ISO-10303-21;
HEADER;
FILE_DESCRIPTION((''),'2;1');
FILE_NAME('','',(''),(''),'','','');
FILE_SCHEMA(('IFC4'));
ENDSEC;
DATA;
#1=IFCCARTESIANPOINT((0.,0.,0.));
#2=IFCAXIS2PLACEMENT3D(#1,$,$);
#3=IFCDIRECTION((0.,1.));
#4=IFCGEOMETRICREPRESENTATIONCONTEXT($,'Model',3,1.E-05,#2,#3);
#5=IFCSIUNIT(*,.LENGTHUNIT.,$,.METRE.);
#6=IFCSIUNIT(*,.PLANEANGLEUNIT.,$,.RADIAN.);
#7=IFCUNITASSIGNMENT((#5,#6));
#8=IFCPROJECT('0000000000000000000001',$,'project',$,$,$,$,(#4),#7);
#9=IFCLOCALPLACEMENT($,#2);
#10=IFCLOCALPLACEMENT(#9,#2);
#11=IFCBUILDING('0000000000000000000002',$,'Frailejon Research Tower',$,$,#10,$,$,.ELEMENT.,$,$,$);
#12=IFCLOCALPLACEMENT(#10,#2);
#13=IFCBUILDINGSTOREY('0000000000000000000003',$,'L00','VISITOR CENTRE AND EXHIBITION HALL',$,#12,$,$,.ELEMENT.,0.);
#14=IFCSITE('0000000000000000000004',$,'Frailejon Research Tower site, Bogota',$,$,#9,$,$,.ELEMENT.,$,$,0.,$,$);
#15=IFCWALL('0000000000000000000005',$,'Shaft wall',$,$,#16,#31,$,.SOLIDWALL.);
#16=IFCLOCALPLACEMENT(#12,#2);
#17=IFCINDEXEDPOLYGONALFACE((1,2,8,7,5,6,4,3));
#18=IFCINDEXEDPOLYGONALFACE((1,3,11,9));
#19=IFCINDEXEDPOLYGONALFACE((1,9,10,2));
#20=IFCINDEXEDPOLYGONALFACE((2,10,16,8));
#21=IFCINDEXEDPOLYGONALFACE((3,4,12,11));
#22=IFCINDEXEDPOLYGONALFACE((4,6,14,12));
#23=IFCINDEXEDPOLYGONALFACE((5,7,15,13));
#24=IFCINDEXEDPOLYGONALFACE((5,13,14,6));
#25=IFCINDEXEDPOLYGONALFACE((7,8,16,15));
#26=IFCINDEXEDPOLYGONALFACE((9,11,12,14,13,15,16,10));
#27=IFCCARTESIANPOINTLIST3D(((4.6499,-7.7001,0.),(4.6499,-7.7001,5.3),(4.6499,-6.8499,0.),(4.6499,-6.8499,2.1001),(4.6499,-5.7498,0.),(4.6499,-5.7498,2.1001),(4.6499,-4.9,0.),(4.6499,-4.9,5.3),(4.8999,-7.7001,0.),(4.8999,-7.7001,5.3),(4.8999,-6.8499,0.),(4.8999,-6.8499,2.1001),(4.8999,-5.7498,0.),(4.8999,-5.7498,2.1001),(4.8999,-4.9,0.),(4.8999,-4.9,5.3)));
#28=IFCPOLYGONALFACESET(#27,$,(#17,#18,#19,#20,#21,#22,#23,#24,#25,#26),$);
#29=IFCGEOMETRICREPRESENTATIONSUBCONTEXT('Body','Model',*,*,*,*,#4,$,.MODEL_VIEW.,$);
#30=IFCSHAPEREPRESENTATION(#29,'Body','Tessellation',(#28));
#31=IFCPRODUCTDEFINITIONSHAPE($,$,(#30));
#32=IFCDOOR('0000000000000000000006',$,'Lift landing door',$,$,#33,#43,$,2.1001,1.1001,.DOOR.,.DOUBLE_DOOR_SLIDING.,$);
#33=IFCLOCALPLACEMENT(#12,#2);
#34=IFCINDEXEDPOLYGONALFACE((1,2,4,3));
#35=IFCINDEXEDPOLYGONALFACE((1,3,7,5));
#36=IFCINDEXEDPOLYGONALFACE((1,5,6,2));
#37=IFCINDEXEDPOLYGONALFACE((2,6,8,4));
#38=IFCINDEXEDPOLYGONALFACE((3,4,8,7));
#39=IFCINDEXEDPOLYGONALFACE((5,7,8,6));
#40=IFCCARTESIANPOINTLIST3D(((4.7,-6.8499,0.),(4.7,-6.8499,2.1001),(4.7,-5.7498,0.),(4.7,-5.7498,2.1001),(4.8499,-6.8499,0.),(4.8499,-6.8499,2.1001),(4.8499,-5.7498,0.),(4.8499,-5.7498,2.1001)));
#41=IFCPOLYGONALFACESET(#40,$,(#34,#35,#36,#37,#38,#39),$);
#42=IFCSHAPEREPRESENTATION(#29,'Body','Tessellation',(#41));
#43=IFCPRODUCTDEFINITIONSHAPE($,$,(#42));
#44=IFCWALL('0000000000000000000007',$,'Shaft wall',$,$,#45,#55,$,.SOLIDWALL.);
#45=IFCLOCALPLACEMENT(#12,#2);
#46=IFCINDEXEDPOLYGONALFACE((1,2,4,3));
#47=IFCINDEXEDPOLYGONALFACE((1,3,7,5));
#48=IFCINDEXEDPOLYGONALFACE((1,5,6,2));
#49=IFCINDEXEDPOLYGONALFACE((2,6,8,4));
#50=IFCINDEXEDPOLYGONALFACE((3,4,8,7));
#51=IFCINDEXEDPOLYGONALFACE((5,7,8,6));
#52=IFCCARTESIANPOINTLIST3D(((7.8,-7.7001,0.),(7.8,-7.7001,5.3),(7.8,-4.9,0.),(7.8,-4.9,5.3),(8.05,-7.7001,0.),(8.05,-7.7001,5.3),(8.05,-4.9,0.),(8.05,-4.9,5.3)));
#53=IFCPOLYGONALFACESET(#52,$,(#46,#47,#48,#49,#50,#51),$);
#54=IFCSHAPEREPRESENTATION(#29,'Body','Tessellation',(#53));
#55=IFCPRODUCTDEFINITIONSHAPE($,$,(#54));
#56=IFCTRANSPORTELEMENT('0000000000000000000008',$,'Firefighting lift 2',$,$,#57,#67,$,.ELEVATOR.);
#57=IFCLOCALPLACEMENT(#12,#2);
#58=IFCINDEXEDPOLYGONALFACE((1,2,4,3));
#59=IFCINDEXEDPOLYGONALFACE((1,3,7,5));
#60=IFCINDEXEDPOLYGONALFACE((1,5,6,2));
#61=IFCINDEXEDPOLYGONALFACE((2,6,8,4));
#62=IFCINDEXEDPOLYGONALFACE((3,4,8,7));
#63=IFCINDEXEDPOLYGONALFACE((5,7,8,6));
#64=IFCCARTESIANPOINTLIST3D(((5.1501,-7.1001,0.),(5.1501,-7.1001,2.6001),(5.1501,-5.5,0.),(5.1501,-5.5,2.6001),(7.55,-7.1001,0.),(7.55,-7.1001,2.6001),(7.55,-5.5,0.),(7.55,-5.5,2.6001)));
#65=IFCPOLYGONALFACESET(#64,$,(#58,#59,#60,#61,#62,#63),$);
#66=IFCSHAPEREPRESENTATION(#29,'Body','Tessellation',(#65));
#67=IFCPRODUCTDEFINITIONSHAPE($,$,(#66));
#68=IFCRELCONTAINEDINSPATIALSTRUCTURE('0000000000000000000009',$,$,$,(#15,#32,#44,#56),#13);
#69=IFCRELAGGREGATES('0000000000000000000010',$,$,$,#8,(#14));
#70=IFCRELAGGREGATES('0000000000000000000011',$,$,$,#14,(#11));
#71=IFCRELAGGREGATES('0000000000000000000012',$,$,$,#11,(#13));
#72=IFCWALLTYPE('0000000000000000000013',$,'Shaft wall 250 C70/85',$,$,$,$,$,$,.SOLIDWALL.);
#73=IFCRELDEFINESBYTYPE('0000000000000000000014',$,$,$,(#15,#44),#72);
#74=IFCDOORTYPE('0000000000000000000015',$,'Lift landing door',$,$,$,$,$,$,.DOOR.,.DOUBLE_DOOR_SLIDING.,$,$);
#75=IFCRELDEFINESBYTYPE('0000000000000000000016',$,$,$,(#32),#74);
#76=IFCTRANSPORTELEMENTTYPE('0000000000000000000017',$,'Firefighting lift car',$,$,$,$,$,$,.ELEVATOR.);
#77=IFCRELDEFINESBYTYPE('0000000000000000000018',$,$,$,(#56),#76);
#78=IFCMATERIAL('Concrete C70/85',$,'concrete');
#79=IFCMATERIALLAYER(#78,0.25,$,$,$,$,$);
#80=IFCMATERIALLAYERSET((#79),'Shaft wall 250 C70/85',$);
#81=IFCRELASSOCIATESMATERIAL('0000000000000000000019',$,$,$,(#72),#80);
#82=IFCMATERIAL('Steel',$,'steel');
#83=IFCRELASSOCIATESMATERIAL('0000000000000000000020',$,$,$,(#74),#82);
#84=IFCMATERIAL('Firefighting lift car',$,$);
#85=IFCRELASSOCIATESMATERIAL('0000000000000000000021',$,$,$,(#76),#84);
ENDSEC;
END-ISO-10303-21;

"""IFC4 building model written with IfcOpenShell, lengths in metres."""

from ifc_helpers import new_model, si_unit, direction, frame, frame_2d, origin, origin_2d, place, context, subcontext, project, spatial, rectangle, extrude, material, layer, layer_set, type_object, element, fill, save


model = new_model("IFC4")

# Units and contexts
model_context = context("Model", 3, precision=1e-05, world=origin(), true_north=direction((0.0, 1.0)))
body_context = subcontext(model_context, "Body", "Model", "MODEL_VIEW")
ifc_project = project(units=[si_unit("LENGTHUNIT", "METRE"), si_unit("PLANEANGLEUNIT", "RADIAN")], contexts=[model_context])

# Site, building, storey
site_placement = place(None, origin())
site = spatial("IfcSite", under=ifc_project, at=site_placement, Name="Frailejon Research Tower site, Bogota", CompositionType="ELEMENT", RefElevation=0.0)
building_placement = place(site_placement, origin())
building = spatial("IfcBuilding", under=site, at=building_placement, Name="Frailejon Research Tower", CompositionType="ELEMENT")
storey_placement = place(building_placement, origin())
storey = spatial("IfcBuildingStorey", under=building, at=storey_placement, Name="L00", Description="VISITOR CENTRE AND EXHIBITION HALL", CompositionType="ELEMENT", Elevation=0.0)

# Shared definitions
ifc_material_1 = material(Name="Concrete C70/85", Category="concrete")
ifc_layer_1 = layer(ifc_material_1, 0.25)
ifc_layer_set_1 = layer_set([ifc_layer_1], Name="Shaft wall 250 C70/85")
wall_type_1 = type_object("IfcWallType", Name="Shaft wall 250 C70/85", PredefinedType="SOLIDWALL", material=ifc_layer_set_1)

# Wall, opening, door
wall_1_placement = place(storey_placement, frame((4.7749, -7.7, 0.0), z_axis=(0.0, 0.0, 1.0), x_axis=(0.0, 1.0, 0.0)))
wall_1 = element("IfcWall", 1, at=wall_1_placement, inside=storey, type_object=wall_type_1, Name="Shaft wall", PredefinedType="SOLIDWALL", context=body_context, shape_type="SweptSolid", body=[
    extrude(rectangle(XDim=2.8, YDim=0.25, at=frame_2d((1.3999, 0.0))), origin(), (0.0, 0.0, 1.0), 5.3),
])
opening_1_placement = place(wall_1_placement, frame((0.8501, 0.0, 0.0)))
opening_1 = element("IfcOpeningElement", 2, at=opening_1_placement, cuts=wall_1, PredefinedType="OPENING", context=body_context, shape_type="SweptSolid", body=[
    extrude(rectangle(XDim=1.1001, YDim=2.1001, at=frame_2d((0.55, 1.05))), frame((0.0, 0.135, 0.0), z_axis=(0.0, -1.0, 0.0), x_axis=(1.0, 0.0, 0.0)), (0.0, 0.0, 1.0), 0.27),
])
ifc_material_2 = material(Name="Steel", Category="steel")
door_type_1 = type_object("IfcDoorType", Name="Lift landing door", OperationType="DOUBLE_DOOR_SLIDING", PredefinedType="DOOR", material=ifc_material_2)
door_1_placement = place(opening_1_placement, origin())
door_1 = element("IfcDoor", 3, at=door_1_placement, inside=storey, type_object=door_type_1, Name="Lift landing door", OperationType="DOUBLE_DOOR_SLIDING", OverallHeight=2.1001, OverallWidth=1.1001, PredefinedType="DOOR", context=body_context, shape_type="SweptSolid", body=[
    extrude(rectangle(XDim=1.1001, YDim=2.1001, at=frame_2d((0.55, 1.05))), frame((0.0, 0.075, 0.0), z_axis=(0.0, -1.0, 0.0), x_axis=(1.0, 0.0, 0.0)), (0.0, 0.0, 1.0), 0.1499),
])
fill(opening_1, door_1)

# Wall
wall_2_placement = place(storey_placement, frame((7.925, -7.7, 0.0), z_axis=(0.0, 0.0, 1.0), x_axis=(0.0, 1.0, 0.0)))
element("IfcWall", 4, at=wall_2_placement, inside=storey, type_object=wall_type_1, Name="Shaft wall", PredefinedType="SOLIDWALL", context=body_context, shape_type="SweptSolid", body=[
    extrude(rectangle(XDim=2.8, YDim=0.25, at=frame_2d((1.3999, 0.0))), origin(), (0.0, 0.0, 1.0), 5.3),
])

# Transport element
ifc_material_3 = material(Name="Firefighting lift car")
transport_element_type = type_object("IfcTransportElementType", Name="Firefighting lift car", PredefinedType="ELEVATOR", material=ifc_material_3)
transport_element_placement = place(storey_placement, frame((6.3501, -6.3, 0.0), z_axis=(0.0, 0.0, 1.0), x_axis=(1.0, 0.0, 0.0)))
element("IfcTransportElement", 5, at=transport_element_placement, inside=storey, type_object=transport_element_type, Name="Firefighting lift 2", PredefinedType="ELEVATOR", context=body_context, shape_type="SweptSolid", body=[
    extrude(rectangle(XDim=2.3999, YDim=1.6001, at=origin_2d()), origin(), (0.0, 0.0, 1.0), 2.6001),
])

save(model, "model.ifc")
